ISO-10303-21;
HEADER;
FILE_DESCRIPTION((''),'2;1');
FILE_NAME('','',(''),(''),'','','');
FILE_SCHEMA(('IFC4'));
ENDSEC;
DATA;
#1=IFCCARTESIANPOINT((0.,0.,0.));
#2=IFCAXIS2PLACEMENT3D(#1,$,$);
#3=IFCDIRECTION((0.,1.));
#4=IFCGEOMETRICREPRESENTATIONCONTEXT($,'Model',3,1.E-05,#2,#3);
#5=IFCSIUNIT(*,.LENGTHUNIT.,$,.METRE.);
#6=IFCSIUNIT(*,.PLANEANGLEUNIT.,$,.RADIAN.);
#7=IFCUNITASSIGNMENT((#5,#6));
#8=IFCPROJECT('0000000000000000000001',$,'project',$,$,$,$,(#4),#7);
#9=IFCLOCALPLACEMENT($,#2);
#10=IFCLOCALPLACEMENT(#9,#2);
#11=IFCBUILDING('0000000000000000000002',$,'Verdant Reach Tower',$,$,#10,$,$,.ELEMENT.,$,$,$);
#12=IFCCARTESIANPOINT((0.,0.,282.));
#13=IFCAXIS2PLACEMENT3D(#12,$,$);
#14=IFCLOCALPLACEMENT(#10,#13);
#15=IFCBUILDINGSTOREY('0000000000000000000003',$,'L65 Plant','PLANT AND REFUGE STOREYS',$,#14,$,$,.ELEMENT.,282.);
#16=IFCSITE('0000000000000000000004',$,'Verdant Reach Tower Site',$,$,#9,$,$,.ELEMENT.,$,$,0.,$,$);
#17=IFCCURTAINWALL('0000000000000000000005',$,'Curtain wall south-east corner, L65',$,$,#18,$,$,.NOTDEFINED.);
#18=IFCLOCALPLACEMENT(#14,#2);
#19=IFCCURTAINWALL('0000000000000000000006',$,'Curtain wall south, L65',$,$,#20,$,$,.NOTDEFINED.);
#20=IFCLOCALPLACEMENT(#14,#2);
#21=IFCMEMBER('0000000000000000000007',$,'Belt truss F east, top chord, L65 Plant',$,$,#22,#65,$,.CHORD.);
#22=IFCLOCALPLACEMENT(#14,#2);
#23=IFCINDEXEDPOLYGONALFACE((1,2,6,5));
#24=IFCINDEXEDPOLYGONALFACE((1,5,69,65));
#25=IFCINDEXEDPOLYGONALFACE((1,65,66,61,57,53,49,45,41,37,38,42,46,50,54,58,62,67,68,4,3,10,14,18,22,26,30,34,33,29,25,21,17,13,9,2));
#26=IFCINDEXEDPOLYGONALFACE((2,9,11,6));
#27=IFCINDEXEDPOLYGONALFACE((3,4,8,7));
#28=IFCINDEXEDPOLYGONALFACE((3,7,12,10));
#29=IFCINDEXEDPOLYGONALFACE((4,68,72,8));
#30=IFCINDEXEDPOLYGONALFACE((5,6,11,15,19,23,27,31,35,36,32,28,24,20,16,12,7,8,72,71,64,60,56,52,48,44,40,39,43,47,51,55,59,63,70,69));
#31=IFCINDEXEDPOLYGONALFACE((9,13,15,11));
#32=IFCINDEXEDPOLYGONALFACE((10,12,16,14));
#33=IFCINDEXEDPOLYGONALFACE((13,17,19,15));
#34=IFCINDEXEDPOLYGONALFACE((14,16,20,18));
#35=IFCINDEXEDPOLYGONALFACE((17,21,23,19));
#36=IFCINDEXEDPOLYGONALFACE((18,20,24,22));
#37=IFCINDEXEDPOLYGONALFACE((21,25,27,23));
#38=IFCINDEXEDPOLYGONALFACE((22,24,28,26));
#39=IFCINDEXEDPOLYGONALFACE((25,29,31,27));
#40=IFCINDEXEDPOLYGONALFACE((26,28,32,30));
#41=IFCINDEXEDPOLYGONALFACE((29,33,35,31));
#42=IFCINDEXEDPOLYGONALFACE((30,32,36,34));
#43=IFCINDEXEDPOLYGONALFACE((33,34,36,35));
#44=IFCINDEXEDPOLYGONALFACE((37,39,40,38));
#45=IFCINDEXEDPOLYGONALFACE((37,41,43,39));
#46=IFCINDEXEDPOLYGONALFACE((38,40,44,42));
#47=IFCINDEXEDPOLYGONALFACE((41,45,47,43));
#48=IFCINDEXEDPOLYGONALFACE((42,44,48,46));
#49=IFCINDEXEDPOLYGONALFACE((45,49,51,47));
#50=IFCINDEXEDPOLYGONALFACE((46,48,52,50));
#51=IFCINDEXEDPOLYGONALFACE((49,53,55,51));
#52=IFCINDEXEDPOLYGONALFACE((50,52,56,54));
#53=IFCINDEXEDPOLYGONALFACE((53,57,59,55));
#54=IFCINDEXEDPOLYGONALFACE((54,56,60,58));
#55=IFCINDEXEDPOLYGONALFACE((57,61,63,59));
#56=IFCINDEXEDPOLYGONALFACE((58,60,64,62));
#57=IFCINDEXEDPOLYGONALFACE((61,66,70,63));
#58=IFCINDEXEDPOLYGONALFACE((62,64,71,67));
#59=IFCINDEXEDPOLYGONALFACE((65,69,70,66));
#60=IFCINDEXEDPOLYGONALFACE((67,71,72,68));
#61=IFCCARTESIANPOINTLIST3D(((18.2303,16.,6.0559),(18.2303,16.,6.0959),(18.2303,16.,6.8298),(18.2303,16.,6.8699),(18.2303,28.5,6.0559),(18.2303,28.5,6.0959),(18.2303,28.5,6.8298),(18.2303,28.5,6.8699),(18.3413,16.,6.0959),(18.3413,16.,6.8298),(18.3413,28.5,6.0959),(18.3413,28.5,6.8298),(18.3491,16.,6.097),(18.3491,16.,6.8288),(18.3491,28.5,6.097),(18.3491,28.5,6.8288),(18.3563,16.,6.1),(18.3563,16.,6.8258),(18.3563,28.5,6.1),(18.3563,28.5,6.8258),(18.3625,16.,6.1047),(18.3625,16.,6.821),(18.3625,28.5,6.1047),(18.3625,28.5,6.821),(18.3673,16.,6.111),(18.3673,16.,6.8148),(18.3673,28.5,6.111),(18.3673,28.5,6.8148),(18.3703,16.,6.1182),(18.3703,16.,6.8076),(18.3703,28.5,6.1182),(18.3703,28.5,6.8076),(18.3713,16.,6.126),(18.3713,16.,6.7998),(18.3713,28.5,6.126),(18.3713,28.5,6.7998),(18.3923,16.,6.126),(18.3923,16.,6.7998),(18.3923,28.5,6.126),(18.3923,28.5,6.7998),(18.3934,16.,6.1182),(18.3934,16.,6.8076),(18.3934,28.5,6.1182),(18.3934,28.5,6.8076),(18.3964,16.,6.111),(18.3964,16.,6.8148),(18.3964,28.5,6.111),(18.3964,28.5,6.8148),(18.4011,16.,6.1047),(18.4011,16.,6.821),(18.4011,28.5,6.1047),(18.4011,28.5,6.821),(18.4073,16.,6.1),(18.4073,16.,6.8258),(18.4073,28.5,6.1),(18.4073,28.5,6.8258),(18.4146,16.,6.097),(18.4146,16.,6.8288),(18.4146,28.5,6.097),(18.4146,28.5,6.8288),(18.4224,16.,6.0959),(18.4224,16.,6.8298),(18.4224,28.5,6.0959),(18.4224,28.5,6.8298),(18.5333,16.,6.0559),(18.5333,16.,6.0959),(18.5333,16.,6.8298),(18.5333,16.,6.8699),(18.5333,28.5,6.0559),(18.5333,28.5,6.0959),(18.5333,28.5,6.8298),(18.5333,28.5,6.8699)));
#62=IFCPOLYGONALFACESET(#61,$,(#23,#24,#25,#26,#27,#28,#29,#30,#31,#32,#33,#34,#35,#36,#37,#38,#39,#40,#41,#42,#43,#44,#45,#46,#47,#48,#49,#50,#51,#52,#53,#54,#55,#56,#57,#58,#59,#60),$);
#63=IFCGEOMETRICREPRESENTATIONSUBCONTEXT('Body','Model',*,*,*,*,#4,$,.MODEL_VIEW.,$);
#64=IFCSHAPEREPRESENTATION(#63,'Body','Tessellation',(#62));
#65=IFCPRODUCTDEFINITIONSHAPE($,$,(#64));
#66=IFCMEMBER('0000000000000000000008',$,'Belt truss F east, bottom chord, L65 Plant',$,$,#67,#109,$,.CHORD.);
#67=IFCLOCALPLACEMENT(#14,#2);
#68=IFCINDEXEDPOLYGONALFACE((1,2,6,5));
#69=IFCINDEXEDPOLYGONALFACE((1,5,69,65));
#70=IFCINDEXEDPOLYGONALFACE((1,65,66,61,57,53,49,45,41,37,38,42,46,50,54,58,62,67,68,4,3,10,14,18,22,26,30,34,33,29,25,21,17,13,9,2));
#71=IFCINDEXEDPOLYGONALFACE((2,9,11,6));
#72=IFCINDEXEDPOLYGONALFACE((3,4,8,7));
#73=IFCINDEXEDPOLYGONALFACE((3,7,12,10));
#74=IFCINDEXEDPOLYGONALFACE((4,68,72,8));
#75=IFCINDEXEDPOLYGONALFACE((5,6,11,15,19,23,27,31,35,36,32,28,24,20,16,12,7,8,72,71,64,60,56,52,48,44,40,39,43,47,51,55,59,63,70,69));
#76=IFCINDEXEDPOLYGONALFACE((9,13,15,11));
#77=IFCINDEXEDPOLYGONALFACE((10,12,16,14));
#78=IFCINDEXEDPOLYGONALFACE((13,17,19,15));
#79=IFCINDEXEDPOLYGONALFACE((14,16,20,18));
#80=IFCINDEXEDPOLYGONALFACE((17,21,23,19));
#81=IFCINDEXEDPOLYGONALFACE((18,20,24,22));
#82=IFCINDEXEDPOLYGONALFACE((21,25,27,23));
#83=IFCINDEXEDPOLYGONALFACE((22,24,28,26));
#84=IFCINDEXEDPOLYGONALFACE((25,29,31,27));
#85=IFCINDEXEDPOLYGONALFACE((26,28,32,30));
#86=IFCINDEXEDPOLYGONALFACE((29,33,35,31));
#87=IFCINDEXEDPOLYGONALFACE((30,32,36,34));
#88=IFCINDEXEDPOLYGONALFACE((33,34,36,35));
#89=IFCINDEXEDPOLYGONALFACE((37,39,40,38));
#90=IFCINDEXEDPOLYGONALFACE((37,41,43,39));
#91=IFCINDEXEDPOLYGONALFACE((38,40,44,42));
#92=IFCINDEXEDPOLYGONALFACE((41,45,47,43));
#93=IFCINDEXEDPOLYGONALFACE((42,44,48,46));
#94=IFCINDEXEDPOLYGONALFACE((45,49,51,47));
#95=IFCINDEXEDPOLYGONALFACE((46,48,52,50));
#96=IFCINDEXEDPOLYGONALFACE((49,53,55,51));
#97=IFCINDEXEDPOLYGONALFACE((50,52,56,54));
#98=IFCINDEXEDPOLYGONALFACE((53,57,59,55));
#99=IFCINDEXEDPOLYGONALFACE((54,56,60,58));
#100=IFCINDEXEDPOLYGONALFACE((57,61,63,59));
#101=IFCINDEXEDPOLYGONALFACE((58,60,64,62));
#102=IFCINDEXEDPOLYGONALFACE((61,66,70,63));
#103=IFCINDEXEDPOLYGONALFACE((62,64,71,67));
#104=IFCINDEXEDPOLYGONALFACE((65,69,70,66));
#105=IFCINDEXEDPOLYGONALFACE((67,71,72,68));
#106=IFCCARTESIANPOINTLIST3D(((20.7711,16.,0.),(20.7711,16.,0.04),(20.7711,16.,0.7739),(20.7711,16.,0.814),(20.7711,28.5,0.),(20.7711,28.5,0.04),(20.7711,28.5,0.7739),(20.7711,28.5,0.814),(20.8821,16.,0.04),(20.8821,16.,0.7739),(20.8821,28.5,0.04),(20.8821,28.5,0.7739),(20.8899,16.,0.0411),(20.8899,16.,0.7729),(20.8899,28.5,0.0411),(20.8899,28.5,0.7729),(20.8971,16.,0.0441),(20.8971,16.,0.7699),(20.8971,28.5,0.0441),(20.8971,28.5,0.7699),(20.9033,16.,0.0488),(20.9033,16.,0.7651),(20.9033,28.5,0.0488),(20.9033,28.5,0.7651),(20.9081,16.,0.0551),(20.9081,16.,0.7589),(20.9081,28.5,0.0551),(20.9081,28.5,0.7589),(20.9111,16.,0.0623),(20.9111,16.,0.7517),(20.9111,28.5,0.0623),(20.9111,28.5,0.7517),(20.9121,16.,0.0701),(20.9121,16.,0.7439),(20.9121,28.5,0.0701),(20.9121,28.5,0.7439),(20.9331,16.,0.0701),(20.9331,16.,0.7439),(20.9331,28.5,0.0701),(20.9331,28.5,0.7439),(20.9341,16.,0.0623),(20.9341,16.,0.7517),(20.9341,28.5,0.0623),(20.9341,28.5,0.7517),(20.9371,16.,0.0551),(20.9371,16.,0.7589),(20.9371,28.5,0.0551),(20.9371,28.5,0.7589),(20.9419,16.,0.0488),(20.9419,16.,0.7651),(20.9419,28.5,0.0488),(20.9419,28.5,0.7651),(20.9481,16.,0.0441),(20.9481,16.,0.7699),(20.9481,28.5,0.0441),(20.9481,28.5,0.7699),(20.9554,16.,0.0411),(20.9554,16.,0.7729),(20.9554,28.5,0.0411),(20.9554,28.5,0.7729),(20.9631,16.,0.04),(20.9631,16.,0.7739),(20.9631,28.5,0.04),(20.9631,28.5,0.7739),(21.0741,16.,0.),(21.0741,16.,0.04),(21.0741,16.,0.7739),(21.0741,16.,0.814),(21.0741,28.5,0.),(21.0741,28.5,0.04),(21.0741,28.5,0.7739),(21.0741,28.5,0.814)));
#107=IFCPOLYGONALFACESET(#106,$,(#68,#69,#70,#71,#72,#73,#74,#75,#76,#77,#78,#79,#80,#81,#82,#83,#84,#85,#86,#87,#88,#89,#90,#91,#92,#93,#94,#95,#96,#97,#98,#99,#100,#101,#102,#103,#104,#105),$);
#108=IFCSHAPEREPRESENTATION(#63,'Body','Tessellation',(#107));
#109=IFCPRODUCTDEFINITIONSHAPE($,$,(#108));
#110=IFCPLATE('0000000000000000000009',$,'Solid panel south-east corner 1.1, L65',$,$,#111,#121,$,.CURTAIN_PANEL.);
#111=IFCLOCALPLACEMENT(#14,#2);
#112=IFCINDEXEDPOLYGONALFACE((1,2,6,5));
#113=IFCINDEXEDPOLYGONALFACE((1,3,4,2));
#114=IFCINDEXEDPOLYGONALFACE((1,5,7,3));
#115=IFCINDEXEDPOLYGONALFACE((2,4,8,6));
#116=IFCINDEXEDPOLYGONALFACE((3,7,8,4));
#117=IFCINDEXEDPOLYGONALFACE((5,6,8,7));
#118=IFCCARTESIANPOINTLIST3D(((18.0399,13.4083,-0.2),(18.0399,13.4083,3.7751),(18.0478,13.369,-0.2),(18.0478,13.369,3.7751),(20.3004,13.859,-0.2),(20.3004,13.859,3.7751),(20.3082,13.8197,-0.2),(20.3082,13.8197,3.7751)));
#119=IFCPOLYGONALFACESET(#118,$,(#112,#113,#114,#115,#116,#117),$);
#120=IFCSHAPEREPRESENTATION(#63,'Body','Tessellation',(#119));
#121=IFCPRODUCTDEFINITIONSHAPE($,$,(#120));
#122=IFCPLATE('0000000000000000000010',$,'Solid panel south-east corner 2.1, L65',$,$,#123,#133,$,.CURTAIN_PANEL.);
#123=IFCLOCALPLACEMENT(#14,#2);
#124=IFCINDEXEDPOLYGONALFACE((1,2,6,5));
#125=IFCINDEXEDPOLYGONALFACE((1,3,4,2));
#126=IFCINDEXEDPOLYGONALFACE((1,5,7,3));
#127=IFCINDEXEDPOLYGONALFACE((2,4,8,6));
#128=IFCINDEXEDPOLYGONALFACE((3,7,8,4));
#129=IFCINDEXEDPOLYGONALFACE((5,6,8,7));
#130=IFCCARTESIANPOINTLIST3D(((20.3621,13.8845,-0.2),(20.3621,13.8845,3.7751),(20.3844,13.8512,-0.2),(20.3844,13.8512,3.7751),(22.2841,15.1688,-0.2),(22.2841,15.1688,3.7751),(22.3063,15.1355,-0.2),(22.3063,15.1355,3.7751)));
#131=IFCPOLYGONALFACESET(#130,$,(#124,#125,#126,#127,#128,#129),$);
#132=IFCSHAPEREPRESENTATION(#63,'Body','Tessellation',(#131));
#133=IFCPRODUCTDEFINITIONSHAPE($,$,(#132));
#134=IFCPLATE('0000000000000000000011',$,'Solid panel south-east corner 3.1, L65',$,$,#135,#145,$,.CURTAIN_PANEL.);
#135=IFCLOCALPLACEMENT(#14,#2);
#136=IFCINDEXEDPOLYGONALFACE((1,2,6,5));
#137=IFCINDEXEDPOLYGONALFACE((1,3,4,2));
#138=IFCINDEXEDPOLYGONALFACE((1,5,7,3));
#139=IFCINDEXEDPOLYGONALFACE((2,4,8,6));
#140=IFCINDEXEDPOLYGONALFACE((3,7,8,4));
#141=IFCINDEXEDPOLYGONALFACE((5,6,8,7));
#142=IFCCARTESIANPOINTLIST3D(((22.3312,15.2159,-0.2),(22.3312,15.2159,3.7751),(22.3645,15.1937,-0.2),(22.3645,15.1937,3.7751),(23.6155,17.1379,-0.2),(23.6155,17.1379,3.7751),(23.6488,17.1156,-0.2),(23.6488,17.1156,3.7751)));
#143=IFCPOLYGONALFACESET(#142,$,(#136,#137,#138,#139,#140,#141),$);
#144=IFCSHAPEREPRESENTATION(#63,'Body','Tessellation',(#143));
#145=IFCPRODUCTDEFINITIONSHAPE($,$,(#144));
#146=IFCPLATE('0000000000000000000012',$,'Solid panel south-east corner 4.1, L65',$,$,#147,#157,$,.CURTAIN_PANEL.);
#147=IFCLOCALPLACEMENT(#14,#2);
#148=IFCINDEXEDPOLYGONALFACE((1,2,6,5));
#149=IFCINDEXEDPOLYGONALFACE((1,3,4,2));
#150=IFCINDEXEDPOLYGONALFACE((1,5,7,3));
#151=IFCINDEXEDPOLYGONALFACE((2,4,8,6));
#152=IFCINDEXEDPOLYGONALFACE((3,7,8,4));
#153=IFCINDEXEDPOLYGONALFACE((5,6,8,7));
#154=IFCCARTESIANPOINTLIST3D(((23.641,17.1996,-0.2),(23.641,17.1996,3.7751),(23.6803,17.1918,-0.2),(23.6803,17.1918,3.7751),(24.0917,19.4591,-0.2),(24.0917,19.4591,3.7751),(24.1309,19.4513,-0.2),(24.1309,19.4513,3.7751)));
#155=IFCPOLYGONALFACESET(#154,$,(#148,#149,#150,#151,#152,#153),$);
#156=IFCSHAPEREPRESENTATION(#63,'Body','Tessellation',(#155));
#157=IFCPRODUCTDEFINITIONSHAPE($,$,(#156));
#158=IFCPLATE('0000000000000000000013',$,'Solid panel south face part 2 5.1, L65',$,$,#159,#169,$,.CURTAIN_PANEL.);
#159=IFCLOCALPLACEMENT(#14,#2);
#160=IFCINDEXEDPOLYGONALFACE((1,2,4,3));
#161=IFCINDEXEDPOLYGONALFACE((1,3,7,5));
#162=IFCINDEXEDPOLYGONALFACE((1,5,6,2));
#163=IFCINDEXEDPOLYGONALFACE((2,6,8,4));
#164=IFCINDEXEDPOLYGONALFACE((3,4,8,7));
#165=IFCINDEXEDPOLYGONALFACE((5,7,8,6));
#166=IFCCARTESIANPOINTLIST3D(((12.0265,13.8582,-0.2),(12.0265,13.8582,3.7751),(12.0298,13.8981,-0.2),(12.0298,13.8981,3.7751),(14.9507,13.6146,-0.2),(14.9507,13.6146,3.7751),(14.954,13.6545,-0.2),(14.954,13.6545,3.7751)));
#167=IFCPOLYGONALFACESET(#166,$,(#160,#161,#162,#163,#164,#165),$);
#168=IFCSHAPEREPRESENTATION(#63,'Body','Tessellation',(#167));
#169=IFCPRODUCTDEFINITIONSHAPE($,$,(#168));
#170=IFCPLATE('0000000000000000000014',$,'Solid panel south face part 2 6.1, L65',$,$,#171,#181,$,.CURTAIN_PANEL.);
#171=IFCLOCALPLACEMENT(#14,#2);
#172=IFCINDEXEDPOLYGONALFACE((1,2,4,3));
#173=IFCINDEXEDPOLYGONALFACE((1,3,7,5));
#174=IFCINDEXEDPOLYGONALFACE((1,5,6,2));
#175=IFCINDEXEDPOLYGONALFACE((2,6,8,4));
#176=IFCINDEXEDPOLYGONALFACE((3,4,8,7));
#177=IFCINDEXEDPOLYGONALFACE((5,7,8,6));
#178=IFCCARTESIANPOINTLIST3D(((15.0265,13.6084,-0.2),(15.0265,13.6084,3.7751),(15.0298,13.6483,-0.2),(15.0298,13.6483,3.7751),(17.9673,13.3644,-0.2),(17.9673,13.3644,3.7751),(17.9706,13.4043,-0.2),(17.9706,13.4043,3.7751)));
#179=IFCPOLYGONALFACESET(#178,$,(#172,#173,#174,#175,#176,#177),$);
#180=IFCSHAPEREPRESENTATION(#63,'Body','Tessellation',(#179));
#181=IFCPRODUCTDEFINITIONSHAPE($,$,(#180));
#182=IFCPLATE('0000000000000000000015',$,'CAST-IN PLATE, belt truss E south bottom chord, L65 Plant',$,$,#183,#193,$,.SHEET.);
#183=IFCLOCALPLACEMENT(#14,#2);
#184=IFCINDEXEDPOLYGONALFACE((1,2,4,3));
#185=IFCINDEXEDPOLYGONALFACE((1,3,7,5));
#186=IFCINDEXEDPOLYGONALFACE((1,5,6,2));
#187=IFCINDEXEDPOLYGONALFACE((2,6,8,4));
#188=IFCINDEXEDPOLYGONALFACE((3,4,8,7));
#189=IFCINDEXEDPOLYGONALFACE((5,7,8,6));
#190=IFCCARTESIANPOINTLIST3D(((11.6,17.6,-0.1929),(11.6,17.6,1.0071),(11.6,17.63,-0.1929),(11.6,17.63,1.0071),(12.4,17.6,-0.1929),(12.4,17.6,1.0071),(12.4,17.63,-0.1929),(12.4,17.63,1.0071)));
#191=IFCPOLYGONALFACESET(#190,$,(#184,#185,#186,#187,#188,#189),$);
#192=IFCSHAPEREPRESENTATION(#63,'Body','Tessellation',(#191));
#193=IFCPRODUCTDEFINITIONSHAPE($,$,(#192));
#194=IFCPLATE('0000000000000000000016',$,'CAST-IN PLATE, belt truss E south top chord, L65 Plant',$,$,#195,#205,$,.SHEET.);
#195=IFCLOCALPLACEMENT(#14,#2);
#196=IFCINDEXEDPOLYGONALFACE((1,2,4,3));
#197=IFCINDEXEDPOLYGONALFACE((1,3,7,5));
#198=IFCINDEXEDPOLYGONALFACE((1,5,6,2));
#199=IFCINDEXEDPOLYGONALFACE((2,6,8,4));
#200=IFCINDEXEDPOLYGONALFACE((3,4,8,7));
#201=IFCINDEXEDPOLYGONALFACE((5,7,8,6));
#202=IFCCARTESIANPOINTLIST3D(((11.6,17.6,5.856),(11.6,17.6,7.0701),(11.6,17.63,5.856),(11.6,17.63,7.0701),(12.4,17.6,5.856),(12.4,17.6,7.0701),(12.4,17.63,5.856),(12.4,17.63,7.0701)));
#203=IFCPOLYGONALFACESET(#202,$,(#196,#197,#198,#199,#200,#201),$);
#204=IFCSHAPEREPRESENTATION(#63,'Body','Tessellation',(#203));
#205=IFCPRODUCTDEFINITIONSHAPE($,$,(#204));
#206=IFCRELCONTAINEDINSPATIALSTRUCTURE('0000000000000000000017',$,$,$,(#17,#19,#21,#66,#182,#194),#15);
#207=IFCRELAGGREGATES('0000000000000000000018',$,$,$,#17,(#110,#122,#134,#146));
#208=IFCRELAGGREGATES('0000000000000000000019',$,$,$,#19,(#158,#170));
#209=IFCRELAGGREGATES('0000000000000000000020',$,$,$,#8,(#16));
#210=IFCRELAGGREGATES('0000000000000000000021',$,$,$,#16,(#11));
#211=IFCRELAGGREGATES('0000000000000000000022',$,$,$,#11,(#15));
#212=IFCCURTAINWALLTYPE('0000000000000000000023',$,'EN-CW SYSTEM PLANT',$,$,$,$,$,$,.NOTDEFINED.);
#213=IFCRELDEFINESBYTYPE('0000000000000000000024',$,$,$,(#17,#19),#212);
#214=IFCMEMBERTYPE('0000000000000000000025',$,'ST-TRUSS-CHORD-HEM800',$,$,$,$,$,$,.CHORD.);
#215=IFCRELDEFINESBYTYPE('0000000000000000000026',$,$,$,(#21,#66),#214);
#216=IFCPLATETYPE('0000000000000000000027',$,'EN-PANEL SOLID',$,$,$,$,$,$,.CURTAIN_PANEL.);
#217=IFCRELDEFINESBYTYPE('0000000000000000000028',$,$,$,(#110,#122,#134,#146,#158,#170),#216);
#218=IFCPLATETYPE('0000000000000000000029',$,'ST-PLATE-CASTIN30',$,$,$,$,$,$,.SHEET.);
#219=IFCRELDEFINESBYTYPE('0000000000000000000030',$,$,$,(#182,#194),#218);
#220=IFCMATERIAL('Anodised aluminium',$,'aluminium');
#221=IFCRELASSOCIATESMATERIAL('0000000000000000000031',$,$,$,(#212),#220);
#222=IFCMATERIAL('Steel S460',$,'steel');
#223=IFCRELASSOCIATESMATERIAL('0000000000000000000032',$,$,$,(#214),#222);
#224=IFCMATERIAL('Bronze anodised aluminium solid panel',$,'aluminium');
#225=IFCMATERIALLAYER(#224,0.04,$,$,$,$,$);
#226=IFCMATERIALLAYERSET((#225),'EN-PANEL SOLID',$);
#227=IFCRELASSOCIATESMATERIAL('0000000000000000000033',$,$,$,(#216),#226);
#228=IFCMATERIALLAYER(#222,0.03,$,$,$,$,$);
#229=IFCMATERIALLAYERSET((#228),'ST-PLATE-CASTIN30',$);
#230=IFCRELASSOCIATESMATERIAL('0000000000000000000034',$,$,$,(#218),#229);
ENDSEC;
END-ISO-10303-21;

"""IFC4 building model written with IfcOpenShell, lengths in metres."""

from ifc_helpers import new_model, si_unit, direction, frame, origin, origin_2d, place, context, subcontext, project, spatial, rectangle, i_section, extrude, material, layer, layer_set, material_profile, profile_set, type_object, element, aggregate, save


model = new_model("IFC4")

# Units and contexts
model_context = context("Model", 3, precision=1e-05, world=origin(), true_north=direction((0.0, 1.0)))
body_context = subcontext(model_context, "Body", "Model", "MODEL_VIEW")
ifc_project = project(units=[si_unit("LENGTHUNIT", "METRE"), si_unit("PLANEANGLEUNIT", "RADIAN")], contexts=[model_context])

# Site, building, storey
site_placement = place(None, origin())
site = spatial("IfcSite", under=ifc_project, at=site_placement, Name="Verdant Reach Tower Site", CompositionType="ELEMENT", RefElevation=0.0)
building_placement = place(site_placement, origin())
building = spatial("IfcBuilding", under=site, at=building_placement, Name="Verdant Reach Tower", CompositionType="ELEMENT")
storey_placement = place(building_placement, frame((0.0, 0.0, 282.0)))
storey = spatial("IfcBuildingStorey", under=building, at=storey_placement, Name="L65 Plant", Description="PLANT AND REFUGE STOREYS", CompositionType="ELEMENT", Elevation=282.0)

# Shared definitions
ifc_material_1 = material(Name="Steel S460", Category="steel")

# Curtain wall
ifc_material_2 = material(Name="Anodised aluminium", Category="aluminium")
curtain_wall_type = type_object("IfcCurtainWallType", Name="EN-CW SYSTEM PLANT", PredefinedType="NOTDEFINED", material=ifc_material_2)
curtain_wall_1_placement = place(storey_placement, origin())
curtain_wall_1 = element("IfcCurtainWall", 1, at=curtain_wall_1_placement, inside=storey, type_object=curtain_wall_type, Name="Curtain wall south-east corner, L65", PredefinedType="NOTDEFINED")

# Curtain wall
curtain_wall_2_placement = place(storey_placement, origin())
curtain_wall_2 = element("IfcCurtainWall", 2, at=curtain_wall_2_placement, inside=storey, type_object=curtain_wall_type, Name="Curtain wall south, L65", PredefinedType="NOTDEFINED")

# Members
ifc_material_profile_1 = material_profile(ifc_material_1, i_section(OverallWidth=0.303, OverallDepth=0.814, WebThickness=0.021, FlangeThickness=0.04, FilletRadius=0.03, at=origin_2d()), Name="HEM 800")
ifc_profile_set_1 = profile_set([ifc_material_profile_1], Name="Steel S460")
member_type_1 = type_object("IfcMemberType", Name="ST-TRUSS-CHORD-HEM800", PredefinedType="CHORD", material=ifc_profile_set_1)
for number, where, z_axis, x_axis, name in (
    (3, (18.3818, 16.0, 6.4629), (0.0, 1.0, 0.0), (-1.0, 0.0, 0.0), "Belt truss F east, top chord, L65 Plant"),
    (4, (20.9226, 16.0, 0.407), (0.0, 1.0, 0.0), (-1.0, 0.0, 0.0), "Belt truss F east, bottom chord, L65 Plant"),
):
    element("IfcMember", number, at=place(storey_placement, frame(where, z_axis=z_axis, x_axis=x_axis)), inside=storey, type_object=member_type_1, Name=name, PredefinedType="CHORD", context=body_context, shape_type="SweptSolid", body=[
        extrude(i_section(OverallWidth=0.303, OverallDepth=0.814, WebThickness=0.021, FlangeThickness=0.04, FilletRadius=0.03, at=origin_2d()), origin(), (0.0, 0.0, 1.0), 12.5),
    ])

# Plates
ifc_material_3 = material(Name="Bronze anodised aluminium solid panel", Category="aluminium")
ifc_layer_1 = layer(ifc_material_3, 0.04)
ifc_layer_set_1 = layer_set([ifc_layer_1], Name="EN-PANEL SOLID")
plate_type_1 = type_object("IfcPlateType", Name="EN-PANEL SOLID", PredefinedType="CURTAIN_PANEL", material=ifc_layer_set_1)
plate_1_placement = place(storey_placement, frame((19.1741, 13.614, -0.2), z_axis=(0.0, 0.0, 1.0), x_axis=(0.980695, 0.195545, 0.0)))
plate_1 = element("IfcPlate", 5, at=plate_1_placement, type_object=plate_type_1, Name="Solid panel south-east corner 1.1, L65", PredefinedType="CURTAIN_PANEL", context=body_context, shape_type="SweptSolid", body=[
    extrude(rectangle(XDim=2.3049, YDim=0.04, at=origin_2d()), origin(), (0.0, 0.0, 1.0), 3.9751),
])
plate_2_placement = place(storey_placement, frame((21.3342, 14.51, -0.2), z_axis=(0.0, 0.0, 1.0), x_axis=(0.831452, 0.555596, 0.0)))
plate_2 = element("IfcPlate", 6, at=plate_2_placement, type_object=plate_type_1, Name="Solid panel south-east corner 2.1, L65", PredefinedType="CURTAIN_PANEL", context=body_context, shape_type="SweptSolid", body=[
    extrude(rectangle(XDim=2.3115, YDim=0.04, at=origin_2d()), origin(), (0.0, 0.0, 1.0), 3.9751),
])
plate_3_placement = place(storey_placement, frame((22.99, 16.1658, -0.2), z_axis=(0.0, 0.0, 1.0), x_axis=(0.555596, 0.831452, 0.0)))
plate_3 = element("IfcPlate", 7, at=plate_3_placement, type_object=plate_type_1, Name="Solid panel south-east corner 3.1, L65", PredefinedType="CURTAIN_PANEL", context=body_context, shape_type="SweptSolid", body=[
    extrude(rectangle(XDim=2.3115, YDim=0.04, at=origin_2d()), origin(), (0.0, 0.0, 1.0), 3.9751),
])
plate_4_placement = place(storey_placement, frame((23.886, 18.3254, -0.2), z_axis=(0.0, 0.0, 1.0), x_axis=(0.195593, 0.980685, 0.0)))
plate_4 = element("IfcPlate", 8, at=plate_4_placement, type_object=plate_type_1, Name="Solid panel south-east corner 4.1, L65", PredefinedType="CURTAIN_PANEL", context=body_context, shape_type="SweptSolid", body=[
    extrude(rectangle(XDim=2.304, YDim=0.04, at=origin_2d()), origin(), (0.0, 0.0, 1.0), 3.9751),
])
plate_5_placement = place(storey_placement, frame((13.4902, 13.7563, -0.2), z_axis=(0.0, 0.0, 1.0), x_axis=(0.996546, -0.083045, 0.0)))
plate_5 = element("IfcPlate", 9, at=plate_5_placement, type_object=plate_type_1, Name="Solid panel south face part 2 5.1, L65", PredefinedType="CURTAIN_PANEL", context=body_context, shape_type="SweptSolid", body=[
    extrude(rectangle(XDim=2.9343, YDim=0.04, at=origin_2d()), origin(), (0.0, 0.0, 1.0), 3.9751),
])
plate_6_placement = place(storey_placement, frame((16.4985, 13.5063, -0.2), z_axis=(0.0, 0.0, 1.0), x_axis=(0.996578, -0.082664, 0.0)))
plate_6 = element("IfcPlate", 10, at=plate_6_placement, type_object=plate_type_1, Name="Solid panel south face part 2 6.1, L65", PredefinedType="CURTAIN_PANEL", context=body_context, shape_type="SweptSolid", body=[
    extrude(rectangle(XDim=2.9509, YDim=0.04, at=origin_2d()), origin(), (0.0, 0.0, 1.0), 3.9751),
])

# Plates
ifc_layer_2 = layer(ifc_material_1, 0.03)
ifc_layer_set_2 = layer_set([ifc_layer_2], Name="ST-PLATE-CASTIN30")
plate_type_2 = type_object("IfcPlateType", Name="ST-PLATE-CASTIN30", PredefinedType="SHEET", material=ifc_layer_set_2)
plate_7_placement = place(storey_placement, frame((12.0, 17.615, -0.1929), z_axis=(0.0, 0.0, 1.0), x_axis=(1.0, 0.0, 0.0)))
element("IfcPlate", 11, at=plate_7_placement, inside=storey, type_object=plate_type_2, Name="CAST-IN PLATE, belt truss E south bottom chord, L65 Plant", PredefinedType="SHEET", context=body_context, shape_type="SweptSolid", body=[
    extrude(rectangle(XDim=0.8, YDim=0.03, at=origin_2d()), origin(), (0.0, 0.0, 1.0), 1.2),
])
plate_8_placement = place(storey_placement, frame((12.0, 17.615, 5.856), z_axis=(0.0, 0.0, 1.0), x_axis=(1.0, 0.0, 0.0)))
element("IfcPlate", 12, at=plate_8_placement, inside=storey, type_object=plate_type_2, Name="CAST-IN PLATE, belt truss E south top chord, L65 Plant", PredefinedType="SHEET", context=body_context, shape_type="SweptSolid", body=[
    extrude(rectangle(XDim=0.8, YDim=0.03, at=origin_2d()), origin(), (0.0, 0.0, 1.0), 1.2141),
])

aggregate(curtain_wall_1, [plate_1, plate_2, plate_3, plate_4])
aggregate(curtain_wall_2, [plate_5, plate_6])

save(model, "model.ifc")
